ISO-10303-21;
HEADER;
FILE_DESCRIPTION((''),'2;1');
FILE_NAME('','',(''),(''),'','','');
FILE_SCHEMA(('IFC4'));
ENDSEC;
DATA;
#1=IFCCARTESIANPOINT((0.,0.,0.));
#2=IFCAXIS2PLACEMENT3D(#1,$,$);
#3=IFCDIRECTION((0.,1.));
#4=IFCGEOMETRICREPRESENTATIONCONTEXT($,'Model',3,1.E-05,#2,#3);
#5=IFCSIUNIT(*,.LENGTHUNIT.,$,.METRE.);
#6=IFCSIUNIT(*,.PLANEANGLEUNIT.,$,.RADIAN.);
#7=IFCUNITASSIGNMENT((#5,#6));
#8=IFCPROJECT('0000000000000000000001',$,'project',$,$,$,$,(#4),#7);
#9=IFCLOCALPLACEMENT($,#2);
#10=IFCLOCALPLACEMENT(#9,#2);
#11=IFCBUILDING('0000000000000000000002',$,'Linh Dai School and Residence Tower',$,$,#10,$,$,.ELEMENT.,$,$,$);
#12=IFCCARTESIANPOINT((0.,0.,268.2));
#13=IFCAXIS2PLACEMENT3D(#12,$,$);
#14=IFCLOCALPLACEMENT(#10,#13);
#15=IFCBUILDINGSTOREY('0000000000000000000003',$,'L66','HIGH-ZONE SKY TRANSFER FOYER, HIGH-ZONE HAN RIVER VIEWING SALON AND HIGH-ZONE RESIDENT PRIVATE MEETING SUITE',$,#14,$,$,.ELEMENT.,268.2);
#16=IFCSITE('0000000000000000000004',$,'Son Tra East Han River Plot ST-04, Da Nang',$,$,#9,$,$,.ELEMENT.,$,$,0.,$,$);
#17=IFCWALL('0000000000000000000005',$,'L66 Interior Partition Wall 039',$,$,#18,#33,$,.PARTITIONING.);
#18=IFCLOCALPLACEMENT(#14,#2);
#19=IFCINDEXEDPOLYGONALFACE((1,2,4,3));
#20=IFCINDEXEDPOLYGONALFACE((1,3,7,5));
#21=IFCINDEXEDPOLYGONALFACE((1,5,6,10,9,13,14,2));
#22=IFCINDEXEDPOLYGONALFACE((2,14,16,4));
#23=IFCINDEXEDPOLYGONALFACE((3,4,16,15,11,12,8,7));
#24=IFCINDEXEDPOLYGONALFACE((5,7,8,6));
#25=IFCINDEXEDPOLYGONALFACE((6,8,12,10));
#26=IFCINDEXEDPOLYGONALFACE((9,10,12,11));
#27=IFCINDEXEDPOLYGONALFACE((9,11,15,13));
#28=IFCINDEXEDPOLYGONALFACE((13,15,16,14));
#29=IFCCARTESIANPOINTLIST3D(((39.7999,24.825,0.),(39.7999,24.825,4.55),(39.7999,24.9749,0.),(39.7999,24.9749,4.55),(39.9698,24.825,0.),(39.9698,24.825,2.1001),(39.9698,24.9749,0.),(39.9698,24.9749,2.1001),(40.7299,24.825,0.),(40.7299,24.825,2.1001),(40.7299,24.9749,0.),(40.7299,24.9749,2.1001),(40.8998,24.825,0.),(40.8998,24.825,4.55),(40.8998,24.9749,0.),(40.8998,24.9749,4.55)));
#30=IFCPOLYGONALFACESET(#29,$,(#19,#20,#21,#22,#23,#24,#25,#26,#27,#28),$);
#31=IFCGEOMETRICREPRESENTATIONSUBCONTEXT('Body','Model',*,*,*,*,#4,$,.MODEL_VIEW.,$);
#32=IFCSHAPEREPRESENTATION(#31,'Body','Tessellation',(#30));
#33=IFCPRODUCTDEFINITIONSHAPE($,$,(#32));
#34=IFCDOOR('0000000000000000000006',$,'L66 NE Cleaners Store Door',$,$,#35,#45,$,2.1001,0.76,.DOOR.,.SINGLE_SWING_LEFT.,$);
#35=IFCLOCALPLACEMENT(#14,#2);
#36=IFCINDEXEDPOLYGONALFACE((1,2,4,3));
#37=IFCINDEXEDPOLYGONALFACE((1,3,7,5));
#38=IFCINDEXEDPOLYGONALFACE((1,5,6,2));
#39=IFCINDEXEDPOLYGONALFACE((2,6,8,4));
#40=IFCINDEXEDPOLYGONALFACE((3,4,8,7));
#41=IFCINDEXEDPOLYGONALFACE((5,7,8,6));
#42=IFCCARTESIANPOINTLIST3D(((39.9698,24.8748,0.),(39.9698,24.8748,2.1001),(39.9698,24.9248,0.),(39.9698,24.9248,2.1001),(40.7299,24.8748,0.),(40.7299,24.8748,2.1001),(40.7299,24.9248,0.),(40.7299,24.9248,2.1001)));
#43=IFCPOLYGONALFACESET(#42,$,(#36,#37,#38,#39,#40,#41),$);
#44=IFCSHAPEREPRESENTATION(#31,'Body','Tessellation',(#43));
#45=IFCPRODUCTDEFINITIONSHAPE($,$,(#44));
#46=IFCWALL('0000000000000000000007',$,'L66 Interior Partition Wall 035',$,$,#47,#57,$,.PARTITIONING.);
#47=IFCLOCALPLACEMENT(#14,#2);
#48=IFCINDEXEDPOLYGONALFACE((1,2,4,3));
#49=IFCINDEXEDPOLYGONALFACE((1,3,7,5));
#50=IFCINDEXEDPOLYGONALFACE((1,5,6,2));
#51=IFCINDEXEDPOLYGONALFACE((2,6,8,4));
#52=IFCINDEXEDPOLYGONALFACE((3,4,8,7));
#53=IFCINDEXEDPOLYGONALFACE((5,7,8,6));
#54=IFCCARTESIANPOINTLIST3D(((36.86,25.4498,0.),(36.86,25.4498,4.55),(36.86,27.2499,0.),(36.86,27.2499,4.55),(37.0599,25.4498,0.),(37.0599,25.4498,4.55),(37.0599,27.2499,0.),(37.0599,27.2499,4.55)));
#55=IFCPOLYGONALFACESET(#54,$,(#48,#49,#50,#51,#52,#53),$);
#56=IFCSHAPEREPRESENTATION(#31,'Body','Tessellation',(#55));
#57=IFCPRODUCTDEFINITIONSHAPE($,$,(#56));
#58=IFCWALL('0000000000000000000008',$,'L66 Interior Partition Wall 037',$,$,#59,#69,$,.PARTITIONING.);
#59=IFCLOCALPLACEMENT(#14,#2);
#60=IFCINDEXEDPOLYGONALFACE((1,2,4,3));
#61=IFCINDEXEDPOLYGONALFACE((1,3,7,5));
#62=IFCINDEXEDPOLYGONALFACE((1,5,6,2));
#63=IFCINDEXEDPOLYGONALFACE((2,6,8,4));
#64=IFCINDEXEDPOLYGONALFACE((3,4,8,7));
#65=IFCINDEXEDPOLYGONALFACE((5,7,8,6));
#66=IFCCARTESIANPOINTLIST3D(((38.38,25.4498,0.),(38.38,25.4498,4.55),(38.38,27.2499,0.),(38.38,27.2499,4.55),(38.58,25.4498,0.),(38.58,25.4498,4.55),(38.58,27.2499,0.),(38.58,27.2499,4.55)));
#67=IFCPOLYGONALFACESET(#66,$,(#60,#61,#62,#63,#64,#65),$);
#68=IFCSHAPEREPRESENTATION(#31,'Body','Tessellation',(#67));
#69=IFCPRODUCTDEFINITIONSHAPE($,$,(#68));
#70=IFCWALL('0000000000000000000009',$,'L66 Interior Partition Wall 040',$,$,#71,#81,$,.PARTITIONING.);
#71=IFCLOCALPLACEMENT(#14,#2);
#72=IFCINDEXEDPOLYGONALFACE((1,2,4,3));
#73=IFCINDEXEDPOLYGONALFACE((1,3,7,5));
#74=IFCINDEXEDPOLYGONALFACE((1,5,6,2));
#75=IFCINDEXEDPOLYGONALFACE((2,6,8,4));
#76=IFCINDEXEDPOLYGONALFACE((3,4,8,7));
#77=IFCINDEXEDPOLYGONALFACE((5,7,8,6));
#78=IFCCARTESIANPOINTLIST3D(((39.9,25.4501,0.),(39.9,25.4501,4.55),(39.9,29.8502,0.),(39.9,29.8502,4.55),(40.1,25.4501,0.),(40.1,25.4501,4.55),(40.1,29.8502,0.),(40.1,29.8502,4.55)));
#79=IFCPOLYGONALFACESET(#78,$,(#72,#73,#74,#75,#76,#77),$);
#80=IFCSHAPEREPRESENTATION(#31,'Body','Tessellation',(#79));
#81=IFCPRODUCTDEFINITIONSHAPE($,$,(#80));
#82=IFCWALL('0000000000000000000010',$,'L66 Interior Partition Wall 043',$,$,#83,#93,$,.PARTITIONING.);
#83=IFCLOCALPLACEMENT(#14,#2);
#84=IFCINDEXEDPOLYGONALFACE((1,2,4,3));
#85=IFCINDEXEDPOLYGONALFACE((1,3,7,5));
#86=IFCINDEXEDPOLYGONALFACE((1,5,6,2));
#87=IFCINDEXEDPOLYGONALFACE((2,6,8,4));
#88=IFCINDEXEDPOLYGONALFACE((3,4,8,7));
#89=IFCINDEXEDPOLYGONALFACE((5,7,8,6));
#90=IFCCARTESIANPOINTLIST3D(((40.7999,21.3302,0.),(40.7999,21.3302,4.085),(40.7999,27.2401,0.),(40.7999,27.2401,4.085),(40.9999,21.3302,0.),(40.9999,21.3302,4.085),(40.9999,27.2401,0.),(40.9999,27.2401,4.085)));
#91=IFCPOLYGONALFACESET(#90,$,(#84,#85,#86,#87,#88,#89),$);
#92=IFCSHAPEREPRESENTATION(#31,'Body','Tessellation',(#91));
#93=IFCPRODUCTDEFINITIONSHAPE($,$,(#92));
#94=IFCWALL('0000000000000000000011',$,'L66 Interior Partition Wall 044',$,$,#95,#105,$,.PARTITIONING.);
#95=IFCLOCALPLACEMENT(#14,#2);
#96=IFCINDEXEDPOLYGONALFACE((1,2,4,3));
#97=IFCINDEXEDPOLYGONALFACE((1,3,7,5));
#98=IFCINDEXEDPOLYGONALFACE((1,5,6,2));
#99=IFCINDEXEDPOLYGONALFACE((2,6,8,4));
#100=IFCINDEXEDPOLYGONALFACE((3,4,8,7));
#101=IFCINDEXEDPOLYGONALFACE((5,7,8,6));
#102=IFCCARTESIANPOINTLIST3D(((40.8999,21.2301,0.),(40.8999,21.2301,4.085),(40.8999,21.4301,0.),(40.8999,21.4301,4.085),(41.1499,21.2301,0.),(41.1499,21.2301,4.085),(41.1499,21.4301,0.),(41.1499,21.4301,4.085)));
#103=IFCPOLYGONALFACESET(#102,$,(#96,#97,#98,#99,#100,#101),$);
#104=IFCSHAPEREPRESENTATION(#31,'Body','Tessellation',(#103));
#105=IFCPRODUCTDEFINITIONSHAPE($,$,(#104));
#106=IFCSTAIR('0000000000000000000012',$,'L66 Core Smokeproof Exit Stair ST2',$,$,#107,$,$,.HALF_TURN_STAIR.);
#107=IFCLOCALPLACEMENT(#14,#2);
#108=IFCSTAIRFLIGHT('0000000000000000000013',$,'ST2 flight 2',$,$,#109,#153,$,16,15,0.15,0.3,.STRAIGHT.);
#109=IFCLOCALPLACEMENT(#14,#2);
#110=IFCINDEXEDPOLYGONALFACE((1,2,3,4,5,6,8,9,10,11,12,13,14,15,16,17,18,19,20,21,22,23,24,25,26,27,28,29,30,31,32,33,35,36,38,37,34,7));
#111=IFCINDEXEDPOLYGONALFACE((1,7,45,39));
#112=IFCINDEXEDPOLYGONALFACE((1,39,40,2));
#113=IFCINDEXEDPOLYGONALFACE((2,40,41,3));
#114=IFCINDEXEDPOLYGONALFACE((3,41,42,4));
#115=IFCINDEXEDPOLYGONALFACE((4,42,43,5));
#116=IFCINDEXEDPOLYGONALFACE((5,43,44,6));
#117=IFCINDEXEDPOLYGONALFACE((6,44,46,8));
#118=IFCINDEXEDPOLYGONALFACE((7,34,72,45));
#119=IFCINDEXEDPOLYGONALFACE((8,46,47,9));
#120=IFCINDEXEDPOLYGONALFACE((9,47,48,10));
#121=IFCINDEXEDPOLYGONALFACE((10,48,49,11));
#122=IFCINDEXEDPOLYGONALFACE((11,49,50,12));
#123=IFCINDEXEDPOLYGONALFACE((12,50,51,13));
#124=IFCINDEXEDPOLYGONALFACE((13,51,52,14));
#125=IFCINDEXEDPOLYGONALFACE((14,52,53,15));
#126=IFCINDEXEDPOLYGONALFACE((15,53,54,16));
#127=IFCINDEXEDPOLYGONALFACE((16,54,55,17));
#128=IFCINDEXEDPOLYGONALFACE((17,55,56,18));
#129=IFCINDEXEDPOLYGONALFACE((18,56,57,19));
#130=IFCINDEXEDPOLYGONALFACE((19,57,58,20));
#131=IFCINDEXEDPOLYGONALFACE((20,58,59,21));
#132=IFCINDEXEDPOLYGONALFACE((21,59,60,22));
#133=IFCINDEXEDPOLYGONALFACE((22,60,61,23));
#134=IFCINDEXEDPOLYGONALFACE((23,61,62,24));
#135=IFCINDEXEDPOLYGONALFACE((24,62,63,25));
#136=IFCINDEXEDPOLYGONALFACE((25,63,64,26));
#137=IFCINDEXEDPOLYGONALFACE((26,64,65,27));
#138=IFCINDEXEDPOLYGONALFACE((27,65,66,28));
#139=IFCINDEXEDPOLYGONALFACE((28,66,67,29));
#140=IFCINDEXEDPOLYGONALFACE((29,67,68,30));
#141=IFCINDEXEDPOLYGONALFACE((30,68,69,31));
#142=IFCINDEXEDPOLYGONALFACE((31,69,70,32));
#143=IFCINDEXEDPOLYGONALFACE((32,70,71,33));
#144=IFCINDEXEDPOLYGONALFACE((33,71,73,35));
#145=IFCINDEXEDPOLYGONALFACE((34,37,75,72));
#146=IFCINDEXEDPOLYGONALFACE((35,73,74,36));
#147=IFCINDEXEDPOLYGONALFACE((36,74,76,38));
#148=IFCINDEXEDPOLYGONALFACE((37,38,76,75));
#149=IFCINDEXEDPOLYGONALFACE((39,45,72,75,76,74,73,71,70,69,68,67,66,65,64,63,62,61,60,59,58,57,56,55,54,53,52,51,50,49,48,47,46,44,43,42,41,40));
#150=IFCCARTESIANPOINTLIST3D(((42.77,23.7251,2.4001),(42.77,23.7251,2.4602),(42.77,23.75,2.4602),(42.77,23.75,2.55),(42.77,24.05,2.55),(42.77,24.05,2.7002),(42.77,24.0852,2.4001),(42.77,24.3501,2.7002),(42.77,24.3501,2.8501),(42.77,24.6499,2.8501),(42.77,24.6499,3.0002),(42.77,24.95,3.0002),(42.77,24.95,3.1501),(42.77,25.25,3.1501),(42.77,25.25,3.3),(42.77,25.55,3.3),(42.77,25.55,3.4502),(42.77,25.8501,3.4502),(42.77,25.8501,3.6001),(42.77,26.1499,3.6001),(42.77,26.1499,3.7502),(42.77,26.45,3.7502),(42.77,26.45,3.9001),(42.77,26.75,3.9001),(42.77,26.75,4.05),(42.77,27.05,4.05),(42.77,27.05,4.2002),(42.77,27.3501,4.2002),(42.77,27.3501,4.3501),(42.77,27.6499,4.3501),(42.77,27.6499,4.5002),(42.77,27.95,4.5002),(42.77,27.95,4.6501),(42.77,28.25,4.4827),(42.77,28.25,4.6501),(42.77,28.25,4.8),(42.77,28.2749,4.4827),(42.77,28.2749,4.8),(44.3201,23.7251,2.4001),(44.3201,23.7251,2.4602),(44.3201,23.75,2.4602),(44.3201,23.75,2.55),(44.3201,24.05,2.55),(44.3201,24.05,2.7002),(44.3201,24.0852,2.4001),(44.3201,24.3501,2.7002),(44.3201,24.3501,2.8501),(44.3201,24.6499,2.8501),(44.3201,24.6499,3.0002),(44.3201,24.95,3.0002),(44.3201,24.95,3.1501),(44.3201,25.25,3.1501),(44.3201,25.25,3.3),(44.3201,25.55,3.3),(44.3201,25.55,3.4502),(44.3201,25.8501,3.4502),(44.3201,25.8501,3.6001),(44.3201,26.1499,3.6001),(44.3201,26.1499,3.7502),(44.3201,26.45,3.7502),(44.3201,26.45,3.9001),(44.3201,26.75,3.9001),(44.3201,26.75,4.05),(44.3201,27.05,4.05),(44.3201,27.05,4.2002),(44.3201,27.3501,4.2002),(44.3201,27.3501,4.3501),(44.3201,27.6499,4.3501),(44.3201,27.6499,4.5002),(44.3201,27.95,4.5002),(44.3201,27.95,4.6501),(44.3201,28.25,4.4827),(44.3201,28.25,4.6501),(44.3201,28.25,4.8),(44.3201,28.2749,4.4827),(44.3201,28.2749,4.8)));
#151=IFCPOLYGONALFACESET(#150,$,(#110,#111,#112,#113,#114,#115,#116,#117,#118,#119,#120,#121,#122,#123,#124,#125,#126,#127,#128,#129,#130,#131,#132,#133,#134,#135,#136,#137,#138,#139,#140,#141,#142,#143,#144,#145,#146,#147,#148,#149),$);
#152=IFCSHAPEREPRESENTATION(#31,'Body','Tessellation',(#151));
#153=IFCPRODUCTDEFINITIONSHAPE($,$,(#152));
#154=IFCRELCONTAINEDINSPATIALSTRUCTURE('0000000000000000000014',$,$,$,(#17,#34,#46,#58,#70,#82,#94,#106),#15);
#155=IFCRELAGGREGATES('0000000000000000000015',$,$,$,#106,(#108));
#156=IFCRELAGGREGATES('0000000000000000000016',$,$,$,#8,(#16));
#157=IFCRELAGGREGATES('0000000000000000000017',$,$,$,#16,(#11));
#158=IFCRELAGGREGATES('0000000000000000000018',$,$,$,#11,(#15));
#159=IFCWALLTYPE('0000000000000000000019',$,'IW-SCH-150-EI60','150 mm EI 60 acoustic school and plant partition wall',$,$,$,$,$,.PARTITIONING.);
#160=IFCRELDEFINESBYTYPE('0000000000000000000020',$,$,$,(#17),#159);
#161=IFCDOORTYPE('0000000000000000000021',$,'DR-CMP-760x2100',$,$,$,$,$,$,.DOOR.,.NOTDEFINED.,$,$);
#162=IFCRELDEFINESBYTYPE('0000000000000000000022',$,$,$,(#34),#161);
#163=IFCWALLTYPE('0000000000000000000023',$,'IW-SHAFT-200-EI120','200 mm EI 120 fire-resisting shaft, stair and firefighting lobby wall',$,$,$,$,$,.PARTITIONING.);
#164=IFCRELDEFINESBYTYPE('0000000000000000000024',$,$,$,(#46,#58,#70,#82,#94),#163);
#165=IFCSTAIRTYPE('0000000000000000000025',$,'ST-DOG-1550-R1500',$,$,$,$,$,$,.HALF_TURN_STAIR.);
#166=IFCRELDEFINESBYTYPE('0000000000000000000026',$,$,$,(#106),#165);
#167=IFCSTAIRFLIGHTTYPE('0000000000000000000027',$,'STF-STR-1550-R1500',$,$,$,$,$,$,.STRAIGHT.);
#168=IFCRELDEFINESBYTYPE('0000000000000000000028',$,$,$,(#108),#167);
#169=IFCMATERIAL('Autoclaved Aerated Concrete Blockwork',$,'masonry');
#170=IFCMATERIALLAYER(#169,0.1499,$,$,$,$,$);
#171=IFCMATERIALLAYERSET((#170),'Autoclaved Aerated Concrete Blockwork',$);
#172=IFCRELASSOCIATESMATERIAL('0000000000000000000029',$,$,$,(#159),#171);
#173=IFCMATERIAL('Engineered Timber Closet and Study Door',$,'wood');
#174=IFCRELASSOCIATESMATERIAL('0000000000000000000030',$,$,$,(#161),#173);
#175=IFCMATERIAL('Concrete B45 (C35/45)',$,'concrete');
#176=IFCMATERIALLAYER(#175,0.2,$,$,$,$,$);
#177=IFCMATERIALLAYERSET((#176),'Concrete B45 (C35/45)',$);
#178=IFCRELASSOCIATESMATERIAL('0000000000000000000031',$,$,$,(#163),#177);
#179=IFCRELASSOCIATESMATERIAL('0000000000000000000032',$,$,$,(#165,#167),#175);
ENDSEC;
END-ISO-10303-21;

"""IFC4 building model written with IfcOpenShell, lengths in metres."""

from ifc_helpers import new_model, si_unit, direction, frame, frame_2d, origin, origin_2d, place, context, subcontext, project, spatial, polyline, rectangle, outline, extrude, source, transform, mapped, material, layer, layer_set, type_object, element, fill, aggregate, save


model = new_model("IFC4")

# Units and contexts
model_context = context("Model", 3, precision=1e-05, world=origin(), true_north=direction((0.0, 1.0)))
body_context = subcontext(model_context, "Body", "Model", "MODEL_VIEW")
ifc_project = project(units=[si_unit("LENGTHUNIT", "METRE"), si_unit("PLANEANGLEUNIT", "RADIAN")], contexts=[model_context])

# Site, building, storey
site_placement = place(None, origin())
site = spatial("IfcSite", under=ifc_project, at=site_placement, Name="Son Tra East Han River Plot ST-04, Da Nang", CompositionType="ELEMENT", RefElevation=0.0)
building_placement = place(site_placement, origin())
building = spatial("IfcBuilding", under=site, at=building_placement, Name="Linh Dai School and Residence Tower", CompositionType="ELEMENT")
storey_placement = place(building_placement, frame((0.0, 0.0, 268.2)))
storey = spatial("IfcBuildingStorey", under=building, at=storey_placement, Name="L66", Description="HIGH-ZONE SKY TRANSFER FOYER, HIGH-ZONE HAN RIVER VIEWING SALON AND HIGH-ZONE RESIDENT PRIVATE MEETING SUITE", CompositionType="ELEMENT", Elevation=268.2)

# Shared definitions
ifc_material_1 = material(Name="Autoclaved Aerated Concrete Blockwork", Category="masonry")

# Wall, opening, door
ifc_layer_1 = layer(ifc_material_1, 0.1499)
ifc_layer_set_1 = layer_set([ifc_layer_1], Name="Autoclaved Aerated Concrete Blockwork")
wall_type_1 = type_object("IfcWallType", Name="IW-SCH-150-EI60", Description="150 mm EI 60 acoustic school and plant partition wall", PredefinedType="PARTITIONING", material=ifc_layer_set_1)
wall_1_placement = place(storey_placement, frame((39.8, 24.8999, 0.0), z_axis=(0.0, 0.0, 1.0), x_axis=(1.0, 0.0, 0.0)))
wall_1 = element("IfcWall", 1, at=wall_1_placement, inside=storey, type_object=wall_type_1, Name="L66 Interior Partition Wall 039", PredefinedType="PARTITIONING", context=body_context, shape_type="SweptSolid", body=[
    extrude(rectangle(XDim=1.0999, YDim=0.1499, at=frame_2d((0.5498, 0.0))), origin(), (0.0, 0.0, 1.0), 4.55),
])
opening_1_placement = place(wall_1_placement, frame((0.1699, 0.0, 0.0)))
opening_1 = element("IfcOpeningElement", 2, at=opening_1_placement, cuts=wall_1, PredefinedType="OPENING", context=body_context, shape_type="SweptSolid", body=[
    extrude(rectangle(XDim=0.76, YDim=2.1001, at=origin_2d()), frame((0.3799, 0.085, 1.05), z_axis=(0.0, -1.0, 0.0), x_axis=(1.0, 0.0, 0.0)), (0.0, 0.0, 1.0), 0.1699),
])
ifc_material_2 = material(Name="Engineered Timber Closet and Study Door", Category="wood")
door_type_1 = type_object("IfcDoorType", Name="DR-CMP-760x2100", OperationType="NOTDEFINED", PredefinedType="DOOR", material=ifc_material_2)
shared_shape_1 = source(origin(), body_context, "Body", "SweptSolid", [
    extrude(rectangle(XDim=0.76, YDim=2.1001, at=origin_2d()), frame((0.3799, 0.0249, 1.05), z_axis=(0.0, -1.0, 0.0), x_axis=(1.0, 0.0, 0.0)), (0.0, 0.0, 1.0), 0.05),
])
door_1_placement = place(opening_1_placement, origin())
door_1 = element("IfcDoor", 3, at=door_1_placement, inside=storey, type_object=door_type_1, Name="L66 NE Cleaners Store Door", OperationType="SINGLE_SWING_LEFT", OverallHeight=2.1001, OverallWidth=0.76, PredefinedType="DOOR", context=body_context, shape_type="MappedRepresentation", body=[
    mapped(shared_shape_1, transform((0.0, 0.0, 0.0), x_axis=(1.0, 0.0, 0.0), y_axis=(0.0, 1.0, 0.0), z_axis=(0.0, 0.0, 1.0), scale=1.0)),
])
fill(opening_1, door_1)

# Shared definitions
ifc_material_3 = material(Name="Concrete B45 (C35/45)", Category="concrete")
ifc_layer_2 = layer(ifc_material_3, 0.2)
ifc_layer_set_2 = layer_set([ifc_layer_2], Name="Concrete B45 (C35/45)")
wall_type_2 = type_object("IfcWallType", Name="IW-SHAFT-200-EI120", Description="200 mm EI 120 fire-resisting shaft, stair and firefighting lobby wall", PredefinedType="PARTITIONING", material=ifc_layer_set_2)

# Walls
for number, where, z_axis, x_axis, name in (
    (4, (36.96, 25.45, 0.0), (0.0, 0.0, 1.0), (0.0, 1.0, 0.0), "L66 Interior Partition Wall 035"),
    (5, (38.48, 25.45, 0.0), (0.0, 0.0, 1.0), (0.0, 1.0, 0.0), "L66 Interior Partition Wall 037"),
):
    element("IfcWall", number, at=place(storey_placement, frame(where, z_axis=z_axis, x_axis=x_axis)), inside=storey, type_object=wall_type_2, Name=name, PredefinedType="PARTITIONING", context=body_context, shape_type="SweptSolid", body=[
        extrude(rectangle(XDim=1.8, YDim=0.2, at=frame_2d((0.8999, 0.0))), origin(), (0.0, 0.0, 1.0), 4.55),
    ])
wall_2_placement = place(storey_placement, frame((40.0, 25.45, 0.0), z_axis=(0.0, 0.0, 1.0), x_axis=(0.0, 1.0, 0.0)))
element("IfcWall", 6, at=wall_2_placement, inside=storey, type_object=wall_type_2, Name="L66 Interior Partition Wall 040", PredefinedType="PARTITIONING", context=body_context, shape_type="SweptSolid", body=[
    extrude(rectangle(XDim=4.4001, YDim=0.2, at=frame_2d((2.2002, 0.0))), origin(), (0.0, 0.0, 1.0), 4.55),
])
wall_3_placement = place(storey_placement, frame((40.8999, 21.3301, 0.0), z_axis=(0.0, 0.0, 1.0), x_axis=(0.0, 1.0, 0.0)))
element("IfcWall", 7, at=wall_3_placement, inside=storey, type_object=wall_type_2, Name="L66 Interior Partition Wall 043", PredefinedType="PARTITIONING", context=body_context, shape_type="SweptSolid", body=[
    extrude(rectangle(XDim=5.9099, YDim=0.2, at=frame_2d((2.9551, 0.0))), origin(), (0.0, 0.0, 1.0), 4.085),
])
wall_4_placement = place(storey_placement, frame((40.8999, 21.3301, 0.0), z_axis=(0.0, 0.0, 1.0), x_axis=(1.0, 0.0, 0.0)))
element("IfcWall", 8, at=wall_4_placement, inside=storey, type_object=wall_type_2, Name="L66 Interior Partition Wall 044", PredefinedType="PARTITIONING", context=body_context, shape_type="SweptSolid", body=[
    extrude(rectangle(XDim=0.25, YDim=0.2, at=frame_2d((0.125, 0.0))), origin(), (0.0, 0.0, 1.0), 4.085),
])

# Stair, stair flight
stair_type = type_object("IfcStairType", Name="ST-DOG-1550-R1500", PredefinedType="HALF_TURN_STAIR", material=ifc_material_3)
stair_placement = place(storey_placement, origin())
stair = element("IfcStair", 9, at=stair_placement, inside=storey, type_object=stair_type, Name="L66 Core Smokeproof Exit Stair ST2", PredefinedType="HALF_TURN_STAIR")
stair_flight_type = type_object("IfcStairFlightType", Name="STF-STR-1550-R1500", PredefinedType="STRAIGHT", material=ifc_material_3)
shared_shape_2 = source(origin(), body_context, "Body", "SweptSolid", [
    extrude(outline(polyline([(-0.0249, 0.0), (-0.0249, 0.0601), (0.0, 0.0601), (0.0, 0.1499), (0.3, 0.1499), (0.3, 0.3), (0.6001, 0.3), (0.6001, 0.45), (0.8999, 0.45), (0.8999, 0.6001), (1.2, 0.6001), (1.2, 0.75), (1.5, 0.75), (1.5, 0.8999), (1.8, 0.8999), (1.8, 1.05), (2.1001, 1.05), (2.1001, 1.2), (2.3999, 1.2), (2.3999, 1.3501), (2.7, 1.3501), (2.7, 1.5), (3.0, 1.5), (3.0, 1.6499), (3.3, 1.6499), (3.3, 1.8), (3.6001, 1.8), (3.6001, 1.95), (3.8999, 1.95), (3.8999, 2.1001), (4.2, 2.1001), (4.2, 2.25), (4.5, 2.25), (4.5, 2.3999), (4.5249, 2.3999), (4.5249, 2.0825), (4.5, 2.0825), (0.3352, 0.0), (-0.0249, 0.0)])), frame((0.0, 0.7749, 0.0), z_axis=(0.0, -1.0, 0.0), x_axis=(1.0, 0.0, 0.0)), (0.0, 0.0, 1.0), 1.55),
])
stair_flight_placement = place(storey_placement, frame((43.5449, 23.75, 2.4001), z_axis=(0.0, 0.0, 1.0), x_axis=(0.0, 1.0, 0.0)))
stair_flight = element("IfcStairFlight", 10, at=stair_flight_placement, type_object=stair_flight_type, Name="ST2 flight 2", NumberOfRisers=16, NumberOfTreads=15, PredefinedType="STRAIGHT", RiserHeight=0.15, TreadLength=0.3, context=body_context, shape_type="MappedRepresentation", body=[
    mapped(shared_shape_2, transform((0.0, 0.0, 0.0), x_axis=(1.0, 0.0, 0.0), y_axis=(0.0, 1.0, 0.0), z_axis=(0.0, 0.0, 1.0), scale=1.0)),
])
aggregate(stair, [stair_flight])

save(model, "model.ifc")
